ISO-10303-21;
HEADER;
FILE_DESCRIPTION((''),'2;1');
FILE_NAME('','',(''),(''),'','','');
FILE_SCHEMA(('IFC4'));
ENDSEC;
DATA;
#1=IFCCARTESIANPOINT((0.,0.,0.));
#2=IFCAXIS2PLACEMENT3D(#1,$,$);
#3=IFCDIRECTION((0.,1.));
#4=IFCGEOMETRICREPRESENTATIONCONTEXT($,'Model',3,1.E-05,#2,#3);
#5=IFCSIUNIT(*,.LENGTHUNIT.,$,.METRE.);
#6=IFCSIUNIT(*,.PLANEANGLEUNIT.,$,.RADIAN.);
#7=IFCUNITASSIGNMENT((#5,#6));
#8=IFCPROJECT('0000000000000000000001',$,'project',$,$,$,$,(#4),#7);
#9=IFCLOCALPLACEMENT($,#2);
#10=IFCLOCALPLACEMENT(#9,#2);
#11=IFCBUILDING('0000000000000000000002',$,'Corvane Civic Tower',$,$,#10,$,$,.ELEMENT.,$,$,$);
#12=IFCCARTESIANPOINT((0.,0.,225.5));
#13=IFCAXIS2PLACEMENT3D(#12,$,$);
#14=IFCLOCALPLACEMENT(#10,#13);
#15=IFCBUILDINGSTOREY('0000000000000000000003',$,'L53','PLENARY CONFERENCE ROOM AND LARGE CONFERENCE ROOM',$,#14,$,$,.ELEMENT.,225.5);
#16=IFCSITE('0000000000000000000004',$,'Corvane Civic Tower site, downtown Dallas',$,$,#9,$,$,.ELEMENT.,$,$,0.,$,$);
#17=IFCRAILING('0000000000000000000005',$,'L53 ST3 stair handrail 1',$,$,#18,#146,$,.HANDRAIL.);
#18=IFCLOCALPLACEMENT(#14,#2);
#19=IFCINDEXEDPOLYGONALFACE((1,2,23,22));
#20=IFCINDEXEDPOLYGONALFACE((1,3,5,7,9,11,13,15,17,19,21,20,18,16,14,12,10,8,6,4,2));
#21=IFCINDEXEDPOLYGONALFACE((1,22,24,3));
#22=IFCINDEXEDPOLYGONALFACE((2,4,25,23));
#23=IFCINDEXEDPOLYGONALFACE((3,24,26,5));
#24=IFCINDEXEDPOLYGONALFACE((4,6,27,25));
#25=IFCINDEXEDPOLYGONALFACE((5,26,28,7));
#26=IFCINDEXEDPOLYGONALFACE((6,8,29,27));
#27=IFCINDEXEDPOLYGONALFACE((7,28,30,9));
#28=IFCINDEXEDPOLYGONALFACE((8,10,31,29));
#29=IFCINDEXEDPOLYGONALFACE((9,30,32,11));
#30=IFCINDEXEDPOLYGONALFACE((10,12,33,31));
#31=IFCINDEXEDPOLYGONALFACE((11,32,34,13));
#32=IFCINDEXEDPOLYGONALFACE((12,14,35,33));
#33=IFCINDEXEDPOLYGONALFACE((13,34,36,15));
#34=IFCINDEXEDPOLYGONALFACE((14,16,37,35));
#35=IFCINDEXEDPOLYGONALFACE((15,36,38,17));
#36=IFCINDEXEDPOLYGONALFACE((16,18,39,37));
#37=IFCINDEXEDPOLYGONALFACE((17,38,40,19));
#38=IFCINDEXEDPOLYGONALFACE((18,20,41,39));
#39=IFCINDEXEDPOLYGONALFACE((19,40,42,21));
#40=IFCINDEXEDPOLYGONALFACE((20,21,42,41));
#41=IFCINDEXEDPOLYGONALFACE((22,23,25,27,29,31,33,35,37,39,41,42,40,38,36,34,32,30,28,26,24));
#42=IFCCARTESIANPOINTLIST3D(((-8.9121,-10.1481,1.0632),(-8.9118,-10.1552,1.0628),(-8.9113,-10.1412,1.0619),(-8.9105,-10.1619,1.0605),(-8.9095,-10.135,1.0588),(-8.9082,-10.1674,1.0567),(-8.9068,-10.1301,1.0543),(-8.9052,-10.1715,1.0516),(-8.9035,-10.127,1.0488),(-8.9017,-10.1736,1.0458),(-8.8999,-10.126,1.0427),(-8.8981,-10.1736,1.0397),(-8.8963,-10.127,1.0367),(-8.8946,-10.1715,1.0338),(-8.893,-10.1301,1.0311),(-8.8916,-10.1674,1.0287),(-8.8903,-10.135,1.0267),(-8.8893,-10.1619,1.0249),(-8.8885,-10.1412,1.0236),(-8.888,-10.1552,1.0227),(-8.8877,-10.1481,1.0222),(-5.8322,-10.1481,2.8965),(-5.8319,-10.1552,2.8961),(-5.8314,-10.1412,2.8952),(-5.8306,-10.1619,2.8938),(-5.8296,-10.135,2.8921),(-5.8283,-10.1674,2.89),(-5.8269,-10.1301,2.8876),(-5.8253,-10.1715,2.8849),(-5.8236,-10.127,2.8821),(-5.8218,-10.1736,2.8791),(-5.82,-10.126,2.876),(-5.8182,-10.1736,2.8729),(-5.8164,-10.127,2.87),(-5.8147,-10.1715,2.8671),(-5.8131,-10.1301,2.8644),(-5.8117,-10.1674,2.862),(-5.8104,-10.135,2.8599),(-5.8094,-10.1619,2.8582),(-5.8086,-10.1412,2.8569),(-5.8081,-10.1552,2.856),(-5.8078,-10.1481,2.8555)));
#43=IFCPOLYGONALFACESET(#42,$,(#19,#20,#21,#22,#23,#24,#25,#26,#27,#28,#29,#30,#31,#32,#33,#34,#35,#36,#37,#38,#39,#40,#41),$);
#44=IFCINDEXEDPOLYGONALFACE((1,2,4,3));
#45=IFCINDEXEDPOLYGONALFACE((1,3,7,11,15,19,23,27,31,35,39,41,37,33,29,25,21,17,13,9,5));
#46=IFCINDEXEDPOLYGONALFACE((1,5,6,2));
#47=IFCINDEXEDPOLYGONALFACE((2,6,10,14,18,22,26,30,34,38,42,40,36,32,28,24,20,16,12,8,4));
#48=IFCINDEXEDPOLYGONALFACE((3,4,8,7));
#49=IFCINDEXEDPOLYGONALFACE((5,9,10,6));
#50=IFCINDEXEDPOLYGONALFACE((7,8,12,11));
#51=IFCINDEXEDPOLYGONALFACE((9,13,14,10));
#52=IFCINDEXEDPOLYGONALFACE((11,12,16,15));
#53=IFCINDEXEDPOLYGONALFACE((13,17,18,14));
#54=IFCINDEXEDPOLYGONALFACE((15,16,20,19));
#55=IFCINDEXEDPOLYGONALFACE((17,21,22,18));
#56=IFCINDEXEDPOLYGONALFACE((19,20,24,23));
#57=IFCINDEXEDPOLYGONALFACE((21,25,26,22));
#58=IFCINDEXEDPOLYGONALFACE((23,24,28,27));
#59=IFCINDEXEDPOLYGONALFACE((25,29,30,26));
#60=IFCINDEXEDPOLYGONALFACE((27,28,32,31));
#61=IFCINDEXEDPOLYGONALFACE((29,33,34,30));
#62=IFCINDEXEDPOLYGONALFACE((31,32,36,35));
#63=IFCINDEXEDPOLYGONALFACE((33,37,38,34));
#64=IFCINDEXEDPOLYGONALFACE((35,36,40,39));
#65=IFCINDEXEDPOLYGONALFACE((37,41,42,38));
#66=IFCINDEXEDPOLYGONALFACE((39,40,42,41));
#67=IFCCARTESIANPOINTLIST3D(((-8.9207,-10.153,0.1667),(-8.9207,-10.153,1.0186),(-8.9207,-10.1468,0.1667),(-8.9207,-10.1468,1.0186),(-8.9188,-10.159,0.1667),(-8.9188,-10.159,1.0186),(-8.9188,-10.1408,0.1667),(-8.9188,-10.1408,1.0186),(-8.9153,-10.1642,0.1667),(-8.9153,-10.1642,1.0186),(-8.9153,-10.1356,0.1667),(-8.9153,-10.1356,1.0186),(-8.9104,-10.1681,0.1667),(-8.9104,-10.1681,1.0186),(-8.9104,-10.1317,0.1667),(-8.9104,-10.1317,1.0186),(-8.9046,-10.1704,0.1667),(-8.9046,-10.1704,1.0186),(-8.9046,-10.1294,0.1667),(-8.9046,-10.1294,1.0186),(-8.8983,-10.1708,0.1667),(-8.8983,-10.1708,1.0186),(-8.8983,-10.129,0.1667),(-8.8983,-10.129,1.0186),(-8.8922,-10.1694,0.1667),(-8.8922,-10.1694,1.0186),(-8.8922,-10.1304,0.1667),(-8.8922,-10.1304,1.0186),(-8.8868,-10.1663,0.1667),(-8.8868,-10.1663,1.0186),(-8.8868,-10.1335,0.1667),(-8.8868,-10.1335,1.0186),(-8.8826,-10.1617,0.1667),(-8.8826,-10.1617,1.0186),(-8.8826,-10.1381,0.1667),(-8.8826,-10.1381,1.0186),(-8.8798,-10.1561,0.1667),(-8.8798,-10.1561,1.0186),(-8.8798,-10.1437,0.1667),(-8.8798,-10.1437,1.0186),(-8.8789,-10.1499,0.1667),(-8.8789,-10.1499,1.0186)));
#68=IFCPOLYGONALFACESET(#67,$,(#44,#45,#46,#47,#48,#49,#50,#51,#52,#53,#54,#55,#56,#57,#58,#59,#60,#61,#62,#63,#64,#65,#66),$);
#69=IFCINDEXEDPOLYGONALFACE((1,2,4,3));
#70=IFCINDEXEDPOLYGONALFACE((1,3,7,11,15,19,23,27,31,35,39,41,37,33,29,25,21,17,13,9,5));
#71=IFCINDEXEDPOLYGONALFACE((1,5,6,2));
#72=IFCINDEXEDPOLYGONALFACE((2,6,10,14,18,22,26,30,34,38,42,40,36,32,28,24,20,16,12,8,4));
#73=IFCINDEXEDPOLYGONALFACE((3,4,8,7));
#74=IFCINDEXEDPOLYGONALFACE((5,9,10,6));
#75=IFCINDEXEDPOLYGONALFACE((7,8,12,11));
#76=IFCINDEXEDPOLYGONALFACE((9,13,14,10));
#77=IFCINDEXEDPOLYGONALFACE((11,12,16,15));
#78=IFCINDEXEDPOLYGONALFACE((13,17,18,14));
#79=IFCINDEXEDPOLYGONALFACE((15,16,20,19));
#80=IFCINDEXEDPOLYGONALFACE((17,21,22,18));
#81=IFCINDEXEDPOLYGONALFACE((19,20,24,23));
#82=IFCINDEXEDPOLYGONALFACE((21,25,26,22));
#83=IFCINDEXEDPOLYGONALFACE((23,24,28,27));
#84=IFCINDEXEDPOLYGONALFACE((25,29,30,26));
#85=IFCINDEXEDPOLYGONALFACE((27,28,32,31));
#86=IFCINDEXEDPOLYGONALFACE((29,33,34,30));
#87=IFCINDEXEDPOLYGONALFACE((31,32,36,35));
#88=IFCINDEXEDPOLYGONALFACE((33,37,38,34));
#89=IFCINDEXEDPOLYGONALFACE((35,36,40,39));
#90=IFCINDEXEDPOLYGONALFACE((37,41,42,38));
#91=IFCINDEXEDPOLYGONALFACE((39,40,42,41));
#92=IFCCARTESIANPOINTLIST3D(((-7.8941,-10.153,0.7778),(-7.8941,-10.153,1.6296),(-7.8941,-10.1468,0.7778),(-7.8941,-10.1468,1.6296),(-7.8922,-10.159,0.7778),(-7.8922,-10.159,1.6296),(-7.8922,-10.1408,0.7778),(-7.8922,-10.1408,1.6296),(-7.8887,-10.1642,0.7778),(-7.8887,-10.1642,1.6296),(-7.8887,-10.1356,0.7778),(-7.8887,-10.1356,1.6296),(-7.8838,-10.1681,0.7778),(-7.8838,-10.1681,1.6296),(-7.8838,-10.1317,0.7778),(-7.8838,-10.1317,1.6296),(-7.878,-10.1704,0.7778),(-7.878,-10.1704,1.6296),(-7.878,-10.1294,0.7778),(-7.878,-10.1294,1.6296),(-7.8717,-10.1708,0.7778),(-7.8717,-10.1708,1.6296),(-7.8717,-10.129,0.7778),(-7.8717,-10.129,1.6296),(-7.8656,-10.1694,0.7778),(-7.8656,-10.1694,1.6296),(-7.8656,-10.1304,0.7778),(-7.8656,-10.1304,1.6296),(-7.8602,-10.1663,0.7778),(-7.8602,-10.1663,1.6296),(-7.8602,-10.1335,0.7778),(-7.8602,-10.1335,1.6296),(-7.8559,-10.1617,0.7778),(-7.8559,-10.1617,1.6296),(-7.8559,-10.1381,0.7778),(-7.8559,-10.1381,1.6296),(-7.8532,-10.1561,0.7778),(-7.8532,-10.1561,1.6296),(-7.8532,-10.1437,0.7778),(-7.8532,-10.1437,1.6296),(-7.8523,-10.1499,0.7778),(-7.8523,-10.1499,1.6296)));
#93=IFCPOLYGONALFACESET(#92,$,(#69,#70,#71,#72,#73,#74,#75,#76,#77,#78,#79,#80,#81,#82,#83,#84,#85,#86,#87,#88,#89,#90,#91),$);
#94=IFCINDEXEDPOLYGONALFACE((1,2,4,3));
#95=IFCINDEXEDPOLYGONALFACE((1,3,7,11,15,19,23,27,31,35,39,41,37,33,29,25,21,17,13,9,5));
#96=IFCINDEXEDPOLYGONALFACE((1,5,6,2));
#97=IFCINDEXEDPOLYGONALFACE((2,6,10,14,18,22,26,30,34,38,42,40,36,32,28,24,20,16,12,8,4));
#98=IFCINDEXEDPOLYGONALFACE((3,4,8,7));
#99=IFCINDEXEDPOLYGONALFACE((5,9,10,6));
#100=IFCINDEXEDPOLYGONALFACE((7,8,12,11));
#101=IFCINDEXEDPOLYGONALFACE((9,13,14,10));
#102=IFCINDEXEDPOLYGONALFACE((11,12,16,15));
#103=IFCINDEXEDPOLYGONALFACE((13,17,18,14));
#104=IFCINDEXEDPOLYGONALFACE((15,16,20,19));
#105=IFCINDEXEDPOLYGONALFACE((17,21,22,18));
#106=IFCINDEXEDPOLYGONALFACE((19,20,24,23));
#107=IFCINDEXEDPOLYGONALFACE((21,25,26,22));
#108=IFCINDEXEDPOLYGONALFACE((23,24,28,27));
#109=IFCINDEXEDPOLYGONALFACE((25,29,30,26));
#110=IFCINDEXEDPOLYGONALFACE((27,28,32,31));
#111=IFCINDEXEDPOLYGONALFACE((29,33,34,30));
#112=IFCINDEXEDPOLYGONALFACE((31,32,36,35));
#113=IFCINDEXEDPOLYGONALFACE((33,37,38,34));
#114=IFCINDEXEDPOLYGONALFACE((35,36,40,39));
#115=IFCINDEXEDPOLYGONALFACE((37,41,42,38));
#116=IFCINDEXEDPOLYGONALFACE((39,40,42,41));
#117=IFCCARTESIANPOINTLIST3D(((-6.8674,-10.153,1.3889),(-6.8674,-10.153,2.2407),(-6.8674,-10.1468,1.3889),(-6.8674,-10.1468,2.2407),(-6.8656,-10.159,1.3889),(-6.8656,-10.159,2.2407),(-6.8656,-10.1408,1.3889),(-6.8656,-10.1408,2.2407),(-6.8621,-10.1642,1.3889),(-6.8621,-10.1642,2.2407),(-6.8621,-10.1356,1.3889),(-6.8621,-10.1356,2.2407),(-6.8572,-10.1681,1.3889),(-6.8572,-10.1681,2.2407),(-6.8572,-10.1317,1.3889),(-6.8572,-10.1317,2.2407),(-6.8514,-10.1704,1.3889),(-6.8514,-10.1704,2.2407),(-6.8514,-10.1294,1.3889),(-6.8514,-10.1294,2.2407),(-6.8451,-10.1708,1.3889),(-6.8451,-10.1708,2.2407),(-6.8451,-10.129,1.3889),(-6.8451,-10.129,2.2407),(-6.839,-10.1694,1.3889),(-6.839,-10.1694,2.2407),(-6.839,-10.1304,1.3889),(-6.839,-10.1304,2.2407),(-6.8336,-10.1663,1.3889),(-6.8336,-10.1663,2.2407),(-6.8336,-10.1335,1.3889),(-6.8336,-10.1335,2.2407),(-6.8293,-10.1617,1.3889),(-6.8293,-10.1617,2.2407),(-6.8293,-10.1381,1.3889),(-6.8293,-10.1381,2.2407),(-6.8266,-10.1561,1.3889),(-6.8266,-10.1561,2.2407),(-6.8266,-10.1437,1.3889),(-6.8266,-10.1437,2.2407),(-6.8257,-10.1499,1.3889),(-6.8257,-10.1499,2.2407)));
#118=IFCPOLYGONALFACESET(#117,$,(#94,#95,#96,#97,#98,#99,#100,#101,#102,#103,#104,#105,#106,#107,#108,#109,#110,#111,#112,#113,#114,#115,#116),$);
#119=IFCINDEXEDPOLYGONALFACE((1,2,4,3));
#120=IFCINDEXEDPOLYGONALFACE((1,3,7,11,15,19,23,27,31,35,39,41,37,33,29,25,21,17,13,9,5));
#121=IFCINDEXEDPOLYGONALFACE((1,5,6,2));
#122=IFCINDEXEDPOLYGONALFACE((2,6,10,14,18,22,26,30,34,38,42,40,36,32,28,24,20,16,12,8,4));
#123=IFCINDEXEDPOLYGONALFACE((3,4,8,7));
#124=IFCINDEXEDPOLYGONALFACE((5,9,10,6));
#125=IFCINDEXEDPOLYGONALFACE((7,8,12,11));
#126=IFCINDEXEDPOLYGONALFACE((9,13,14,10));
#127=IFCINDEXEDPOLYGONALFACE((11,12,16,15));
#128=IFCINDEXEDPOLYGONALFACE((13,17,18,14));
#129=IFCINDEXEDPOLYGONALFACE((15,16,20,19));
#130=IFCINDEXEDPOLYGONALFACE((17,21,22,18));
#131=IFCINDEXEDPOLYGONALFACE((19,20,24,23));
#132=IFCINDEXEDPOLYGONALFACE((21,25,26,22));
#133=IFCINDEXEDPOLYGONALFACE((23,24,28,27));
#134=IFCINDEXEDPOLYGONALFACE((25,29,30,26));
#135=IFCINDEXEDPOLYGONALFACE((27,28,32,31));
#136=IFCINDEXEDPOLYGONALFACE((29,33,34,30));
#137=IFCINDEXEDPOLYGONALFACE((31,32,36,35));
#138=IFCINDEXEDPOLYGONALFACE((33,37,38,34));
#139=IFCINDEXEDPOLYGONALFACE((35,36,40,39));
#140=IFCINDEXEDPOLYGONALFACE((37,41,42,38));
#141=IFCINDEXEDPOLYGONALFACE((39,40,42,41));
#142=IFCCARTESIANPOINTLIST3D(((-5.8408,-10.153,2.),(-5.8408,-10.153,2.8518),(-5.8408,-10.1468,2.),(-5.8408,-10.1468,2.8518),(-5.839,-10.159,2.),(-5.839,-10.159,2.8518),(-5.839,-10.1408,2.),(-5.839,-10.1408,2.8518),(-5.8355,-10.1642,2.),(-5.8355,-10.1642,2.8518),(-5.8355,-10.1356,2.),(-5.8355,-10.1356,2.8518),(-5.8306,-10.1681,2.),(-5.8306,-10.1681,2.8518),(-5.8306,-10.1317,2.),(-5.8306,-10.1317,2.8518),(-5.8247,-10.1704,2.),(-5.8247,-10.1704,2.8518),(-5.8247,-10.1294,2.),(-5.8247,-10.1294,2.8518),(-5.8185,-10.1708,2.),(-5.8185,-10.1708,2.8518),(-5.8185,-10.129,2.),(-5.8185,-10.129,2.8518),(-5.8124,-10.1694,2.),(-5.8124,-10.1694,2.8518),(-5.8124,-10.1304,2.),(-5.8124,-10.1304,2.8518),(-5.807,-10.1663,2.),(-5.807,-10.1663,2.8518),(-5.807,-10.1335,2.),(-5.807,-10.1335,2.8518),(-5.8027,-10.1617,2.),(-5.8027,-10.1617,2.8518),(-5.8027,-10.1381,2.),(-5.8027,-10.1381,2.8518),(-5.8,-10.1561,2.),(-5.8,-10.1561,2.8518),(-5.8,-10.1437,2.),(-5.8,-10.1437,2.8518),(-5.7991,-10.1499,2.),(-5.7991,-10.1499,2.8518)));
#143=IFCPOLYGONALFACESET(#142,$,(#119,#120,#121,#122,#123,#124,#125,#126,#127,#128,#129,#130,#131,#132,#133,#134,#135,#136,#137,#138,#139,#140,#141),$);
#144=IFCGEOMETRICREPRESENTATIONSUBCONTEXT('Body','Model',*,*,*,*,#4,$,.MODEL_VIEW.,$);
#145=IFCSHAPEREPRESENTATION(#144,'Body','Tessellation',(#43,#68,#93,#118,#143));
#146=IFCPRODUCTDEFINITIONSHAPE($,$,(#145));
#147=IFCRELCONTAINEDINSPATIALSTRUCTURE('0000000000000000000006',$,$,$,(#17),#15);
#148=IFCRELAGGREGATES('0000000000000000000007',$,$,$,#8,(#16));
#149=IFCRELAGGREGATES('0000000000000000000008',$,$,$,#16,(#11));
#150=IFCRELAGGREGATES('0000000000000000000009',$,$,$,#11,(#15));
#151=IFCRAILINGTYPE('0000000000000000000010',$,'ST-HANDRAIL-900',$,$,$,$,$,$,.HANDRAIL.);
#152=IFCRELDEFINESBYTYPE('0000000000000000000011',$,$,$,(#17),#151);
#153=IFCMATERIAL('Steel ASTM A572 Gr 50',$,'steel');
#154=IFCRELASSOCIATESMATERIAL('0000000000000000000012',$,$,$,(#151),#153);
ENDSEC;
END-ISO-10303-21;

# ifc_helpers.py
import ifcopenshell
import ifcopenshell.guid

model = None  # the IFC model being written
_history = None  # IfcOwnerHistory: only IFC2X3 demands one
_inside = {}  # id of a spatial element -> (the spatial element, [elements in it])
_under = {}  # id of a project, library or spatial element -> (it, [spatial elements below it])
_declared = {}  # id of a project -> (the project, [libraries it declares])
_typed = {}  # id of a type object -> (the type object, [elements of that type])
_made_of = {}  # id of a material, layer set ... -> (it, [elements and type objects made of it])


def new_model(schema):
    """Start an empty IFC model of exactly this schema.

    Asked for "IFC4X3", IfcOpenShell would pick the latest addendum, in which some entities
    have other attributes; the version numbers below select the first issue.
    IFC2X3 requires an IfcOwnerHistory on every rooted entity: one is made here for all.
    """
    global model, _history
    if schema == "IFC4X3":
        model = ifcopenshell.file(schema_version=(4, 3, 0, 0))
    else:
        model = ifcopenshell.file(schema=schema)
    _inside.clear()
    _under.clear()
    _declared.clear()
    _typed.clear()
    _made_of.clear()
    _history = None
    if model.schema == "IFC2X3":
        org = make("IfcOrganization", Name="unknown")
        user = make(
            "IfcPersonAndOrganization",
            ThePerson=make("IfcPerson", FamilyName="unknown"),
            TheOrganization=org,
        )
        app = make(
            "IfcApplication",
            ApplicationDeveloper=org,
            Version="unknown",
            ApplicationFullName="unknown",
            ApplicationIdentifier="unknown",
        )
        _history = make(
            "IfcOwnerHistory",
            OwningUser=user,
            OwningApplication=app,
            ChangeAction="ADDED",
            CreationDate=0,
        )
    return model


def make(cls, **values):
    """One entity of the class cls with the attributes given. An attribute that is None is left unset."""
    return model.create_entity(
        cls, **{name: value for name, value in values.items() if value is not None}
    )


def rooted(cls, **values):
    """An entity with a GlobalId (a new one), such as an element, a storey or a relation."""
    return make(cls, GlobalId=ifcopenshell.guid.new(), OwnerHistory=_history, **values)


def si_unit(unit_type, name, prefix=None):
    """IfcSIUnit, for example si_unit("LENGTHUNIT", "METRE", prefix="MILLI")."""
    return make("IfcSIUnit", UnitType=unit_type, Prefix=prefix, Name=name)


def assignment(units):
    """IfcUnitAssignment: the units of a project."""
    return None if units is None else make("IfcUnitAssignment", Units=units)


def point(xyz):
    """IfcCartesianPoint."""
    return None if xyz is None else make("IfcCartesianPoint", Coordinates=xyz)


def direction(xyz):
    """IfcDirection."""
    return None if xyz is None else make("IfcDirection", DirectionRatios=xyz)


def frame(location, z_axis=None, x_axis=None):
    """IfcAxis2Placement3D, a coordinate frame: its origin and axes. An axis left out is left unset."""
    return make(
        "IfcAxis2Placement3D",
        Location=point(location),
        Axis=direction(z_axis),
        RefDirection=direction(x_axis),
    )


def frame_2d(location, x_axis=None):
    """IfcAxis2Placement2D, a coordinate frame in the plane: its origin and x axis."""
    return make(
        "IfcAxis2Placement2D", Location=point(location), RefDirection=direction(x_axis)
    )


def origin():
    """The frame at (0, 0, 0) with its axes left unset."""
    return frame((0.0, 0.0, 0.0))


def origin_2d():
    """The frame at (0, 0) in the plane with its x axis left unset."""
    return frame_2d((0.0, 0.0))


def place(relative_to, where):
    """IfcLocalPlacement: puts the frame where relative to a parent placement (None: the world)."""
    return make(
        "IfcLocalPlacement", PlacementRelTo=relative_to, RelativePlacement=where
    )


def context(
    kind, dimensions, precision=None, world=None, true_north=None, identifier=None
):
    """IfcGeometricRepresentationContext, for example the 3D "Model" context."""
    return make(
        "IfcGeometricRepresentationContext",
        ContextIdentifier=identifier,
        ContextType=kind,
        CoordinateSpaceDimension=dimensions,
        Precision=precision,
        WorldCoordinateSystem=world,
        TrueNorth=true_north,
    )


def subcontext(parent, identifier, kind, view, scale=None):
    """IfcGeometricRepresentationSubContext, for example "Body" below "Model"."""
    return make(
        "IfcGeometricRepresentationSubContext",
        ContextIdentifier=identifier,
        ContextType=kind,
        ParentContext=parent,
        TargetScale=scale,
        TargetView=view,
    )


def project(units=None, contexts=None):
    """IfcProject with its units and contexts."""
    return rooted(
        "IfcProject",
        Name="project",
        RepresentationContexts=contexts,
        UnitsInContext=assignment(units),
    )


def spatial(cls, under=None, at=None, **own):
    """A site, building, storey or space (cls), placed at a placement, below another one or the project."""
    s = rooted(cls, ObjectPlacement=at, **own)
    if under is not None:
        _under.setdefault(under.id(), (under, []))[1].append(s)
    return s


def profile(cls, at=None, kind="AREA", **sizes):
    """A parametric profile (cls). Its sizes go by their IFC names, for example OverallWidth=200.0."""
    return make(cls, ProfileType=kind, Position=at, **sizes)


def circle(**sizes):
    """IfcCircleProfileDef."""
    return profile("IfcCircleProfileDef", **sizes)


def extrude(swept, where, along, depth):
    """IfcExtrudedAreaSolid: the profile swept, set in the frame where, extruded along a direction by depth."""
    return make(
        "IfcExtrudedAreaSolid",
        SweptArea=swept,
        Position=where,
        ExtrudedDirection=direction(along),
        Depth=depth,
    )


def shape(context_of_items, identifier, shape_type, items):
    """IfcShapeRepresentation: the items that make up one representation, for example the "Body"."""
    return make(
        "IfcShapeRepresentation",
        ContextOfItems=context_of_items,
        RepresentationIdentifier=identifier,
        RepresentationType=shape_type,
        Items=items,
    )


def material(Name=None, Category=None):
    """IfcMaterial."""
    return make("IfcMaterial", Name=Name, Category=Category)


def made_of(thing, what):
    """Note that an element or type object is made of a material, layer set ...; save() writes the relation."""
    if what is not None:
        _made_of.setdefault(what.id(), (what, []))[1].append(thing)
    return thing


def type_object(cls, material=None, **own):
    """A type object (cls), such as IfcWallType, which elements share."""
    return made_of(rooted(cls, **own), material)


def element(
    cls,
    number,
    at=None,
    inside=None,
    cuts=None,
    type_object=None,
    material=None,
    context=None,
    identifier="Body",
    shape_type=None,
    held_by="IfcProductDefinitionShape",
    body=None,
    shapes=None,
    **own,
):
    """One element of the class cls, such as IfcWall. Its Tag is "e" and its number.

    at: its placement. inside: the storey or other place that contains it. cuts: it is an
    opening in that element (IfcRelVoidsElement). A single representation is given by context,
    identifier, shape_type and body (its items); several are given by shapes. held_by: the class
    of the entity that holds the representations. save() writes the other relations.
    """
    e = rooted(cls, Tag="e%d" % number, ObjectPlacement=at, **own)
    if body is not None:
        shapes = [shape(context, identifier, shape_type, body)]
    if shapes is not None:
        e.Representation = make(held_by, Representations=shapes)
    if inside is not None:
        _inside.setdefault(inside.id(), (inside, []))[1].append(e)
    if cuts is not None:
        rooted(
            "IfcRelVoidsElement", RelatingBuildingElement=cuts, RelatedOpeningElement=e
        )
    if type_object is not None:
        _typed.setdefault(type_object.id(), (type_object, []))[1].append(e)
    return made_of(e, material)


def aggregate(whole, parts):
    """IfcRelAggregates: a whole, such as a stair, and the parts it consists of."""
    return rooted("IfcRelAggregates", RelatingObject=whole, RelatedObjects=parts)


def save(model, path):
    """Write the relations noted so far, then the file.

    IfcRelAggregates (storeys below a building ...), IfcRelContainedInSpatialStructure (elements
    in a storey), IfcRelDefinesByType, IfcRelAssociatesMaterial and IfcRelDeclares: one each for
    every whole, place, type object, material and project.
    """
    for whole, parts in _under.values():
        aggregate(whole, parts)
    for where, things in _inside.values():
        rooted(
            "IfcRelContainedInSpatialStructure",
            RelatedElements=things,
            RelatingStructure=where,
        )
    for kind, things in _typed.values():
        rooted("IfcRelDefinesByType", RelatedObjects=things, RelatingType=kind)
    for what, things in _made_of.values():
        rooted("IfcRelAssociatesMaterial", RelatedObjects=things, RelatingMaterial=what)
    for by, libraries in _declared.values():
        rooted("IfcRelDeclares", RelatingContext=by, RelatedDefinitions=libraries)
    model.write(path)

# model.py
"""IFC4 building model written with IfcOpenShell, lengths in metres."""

from ifc_helpers import new_model, si_unit, direction, frame, origin, origin_2d, place, context, subcontext, project, spatial, circle, extrude, material, type_object, element, save


model = new_model("IFC4")

# Units and contexts
model_context = context("Model", 3, precision=1e-05, world=origin(), true_north=direction((0.0, 1.0)))
body_context = subcontext(model_context, "Body", "Model", "MODEL_VIEW")
ifc_project = project(units=[si_unit("LENGTHUNIT", "METRE"), si_unit("PLANEANGLEUNIT", "RADIAN")], contexts=[model_context])

# Site, building, storey
site_placement = place(None, origin())
site = spatial("IfcSite", under=ifc_project, at=site_placement, Name="Corvane Civic Tower site, downtown Dallas", CompositionType="ELEMENT", RefElevation=0.0)
building_placement = place(site_placement, origin())
building = spatial("IfcBuilding", under=site, at=building_placement, Name="Corvane Civic Tower", CompositionType="ELEMENT")
storey_placement = place(building_placement, frame((0.0, 0.0, 225.5)))
storey = spatial("IfcBuildingStorey", under=building, at=storey_placement, Name="L53", Description="PLENARY CONFERENCE ROOM AND LARGE CONFERENCE ROOM", CompositionType="ELEMENT", Elevation=225.5)

# Railing
ifc_material_1 = material(Name="Steel ASTM A572 Gr 50", Category="steel")
railing_type_1 = type_object("IfcRailingType", Name="ST-HANDRAIL-900", PredefinedType="HANDRAIL", material=ifc_material_1)
railing_1_placement = place(storey_placement, frame((-8.8999, -10.1499, 0.1667)))
element("IfcRailing", 1, at=railing_1_placement, inside=storey, type_object=railing_type_1, Name="L53 ST3 stair handrail 1", PredefinedType="HANDRAIL", context=body_context, shape_type="SweptSolid", body=[
    extrude(circle(Radius=0.0239, at=origin_2d()), frame((0.0, 0.0, 0.876), z_axis=(0.859291, 0.0, 0.511487), x_axis=(0.0, 1.0, 0.0)), (0.0, 0.0, 1.0), 3.5842),
    extrude(circle(Radius=0.021, at=origin_2d()), origin(), (0.0, 0.0, 1.0), 0.8518),
    extrude(circle(Radius=0.021, at=origin_2d()), frame((1.0266, 0.0, 0.6111)), (0.0, 0.0, 1.0), 0.8518),
    extrude(circle(Radius=0.021, at=origin_2d()), frame((2.0532, 0.0, 1.2222)), (0.0, 0.0, 1.0), 0.8518),
    extrude(circle(Radius=0.021, at=origin_2d()), frame((3.0798, 0.0, 1.8333)), (0.0, 0.0, 1.0), 0.8518),
])

save(model, "model.ifc")
